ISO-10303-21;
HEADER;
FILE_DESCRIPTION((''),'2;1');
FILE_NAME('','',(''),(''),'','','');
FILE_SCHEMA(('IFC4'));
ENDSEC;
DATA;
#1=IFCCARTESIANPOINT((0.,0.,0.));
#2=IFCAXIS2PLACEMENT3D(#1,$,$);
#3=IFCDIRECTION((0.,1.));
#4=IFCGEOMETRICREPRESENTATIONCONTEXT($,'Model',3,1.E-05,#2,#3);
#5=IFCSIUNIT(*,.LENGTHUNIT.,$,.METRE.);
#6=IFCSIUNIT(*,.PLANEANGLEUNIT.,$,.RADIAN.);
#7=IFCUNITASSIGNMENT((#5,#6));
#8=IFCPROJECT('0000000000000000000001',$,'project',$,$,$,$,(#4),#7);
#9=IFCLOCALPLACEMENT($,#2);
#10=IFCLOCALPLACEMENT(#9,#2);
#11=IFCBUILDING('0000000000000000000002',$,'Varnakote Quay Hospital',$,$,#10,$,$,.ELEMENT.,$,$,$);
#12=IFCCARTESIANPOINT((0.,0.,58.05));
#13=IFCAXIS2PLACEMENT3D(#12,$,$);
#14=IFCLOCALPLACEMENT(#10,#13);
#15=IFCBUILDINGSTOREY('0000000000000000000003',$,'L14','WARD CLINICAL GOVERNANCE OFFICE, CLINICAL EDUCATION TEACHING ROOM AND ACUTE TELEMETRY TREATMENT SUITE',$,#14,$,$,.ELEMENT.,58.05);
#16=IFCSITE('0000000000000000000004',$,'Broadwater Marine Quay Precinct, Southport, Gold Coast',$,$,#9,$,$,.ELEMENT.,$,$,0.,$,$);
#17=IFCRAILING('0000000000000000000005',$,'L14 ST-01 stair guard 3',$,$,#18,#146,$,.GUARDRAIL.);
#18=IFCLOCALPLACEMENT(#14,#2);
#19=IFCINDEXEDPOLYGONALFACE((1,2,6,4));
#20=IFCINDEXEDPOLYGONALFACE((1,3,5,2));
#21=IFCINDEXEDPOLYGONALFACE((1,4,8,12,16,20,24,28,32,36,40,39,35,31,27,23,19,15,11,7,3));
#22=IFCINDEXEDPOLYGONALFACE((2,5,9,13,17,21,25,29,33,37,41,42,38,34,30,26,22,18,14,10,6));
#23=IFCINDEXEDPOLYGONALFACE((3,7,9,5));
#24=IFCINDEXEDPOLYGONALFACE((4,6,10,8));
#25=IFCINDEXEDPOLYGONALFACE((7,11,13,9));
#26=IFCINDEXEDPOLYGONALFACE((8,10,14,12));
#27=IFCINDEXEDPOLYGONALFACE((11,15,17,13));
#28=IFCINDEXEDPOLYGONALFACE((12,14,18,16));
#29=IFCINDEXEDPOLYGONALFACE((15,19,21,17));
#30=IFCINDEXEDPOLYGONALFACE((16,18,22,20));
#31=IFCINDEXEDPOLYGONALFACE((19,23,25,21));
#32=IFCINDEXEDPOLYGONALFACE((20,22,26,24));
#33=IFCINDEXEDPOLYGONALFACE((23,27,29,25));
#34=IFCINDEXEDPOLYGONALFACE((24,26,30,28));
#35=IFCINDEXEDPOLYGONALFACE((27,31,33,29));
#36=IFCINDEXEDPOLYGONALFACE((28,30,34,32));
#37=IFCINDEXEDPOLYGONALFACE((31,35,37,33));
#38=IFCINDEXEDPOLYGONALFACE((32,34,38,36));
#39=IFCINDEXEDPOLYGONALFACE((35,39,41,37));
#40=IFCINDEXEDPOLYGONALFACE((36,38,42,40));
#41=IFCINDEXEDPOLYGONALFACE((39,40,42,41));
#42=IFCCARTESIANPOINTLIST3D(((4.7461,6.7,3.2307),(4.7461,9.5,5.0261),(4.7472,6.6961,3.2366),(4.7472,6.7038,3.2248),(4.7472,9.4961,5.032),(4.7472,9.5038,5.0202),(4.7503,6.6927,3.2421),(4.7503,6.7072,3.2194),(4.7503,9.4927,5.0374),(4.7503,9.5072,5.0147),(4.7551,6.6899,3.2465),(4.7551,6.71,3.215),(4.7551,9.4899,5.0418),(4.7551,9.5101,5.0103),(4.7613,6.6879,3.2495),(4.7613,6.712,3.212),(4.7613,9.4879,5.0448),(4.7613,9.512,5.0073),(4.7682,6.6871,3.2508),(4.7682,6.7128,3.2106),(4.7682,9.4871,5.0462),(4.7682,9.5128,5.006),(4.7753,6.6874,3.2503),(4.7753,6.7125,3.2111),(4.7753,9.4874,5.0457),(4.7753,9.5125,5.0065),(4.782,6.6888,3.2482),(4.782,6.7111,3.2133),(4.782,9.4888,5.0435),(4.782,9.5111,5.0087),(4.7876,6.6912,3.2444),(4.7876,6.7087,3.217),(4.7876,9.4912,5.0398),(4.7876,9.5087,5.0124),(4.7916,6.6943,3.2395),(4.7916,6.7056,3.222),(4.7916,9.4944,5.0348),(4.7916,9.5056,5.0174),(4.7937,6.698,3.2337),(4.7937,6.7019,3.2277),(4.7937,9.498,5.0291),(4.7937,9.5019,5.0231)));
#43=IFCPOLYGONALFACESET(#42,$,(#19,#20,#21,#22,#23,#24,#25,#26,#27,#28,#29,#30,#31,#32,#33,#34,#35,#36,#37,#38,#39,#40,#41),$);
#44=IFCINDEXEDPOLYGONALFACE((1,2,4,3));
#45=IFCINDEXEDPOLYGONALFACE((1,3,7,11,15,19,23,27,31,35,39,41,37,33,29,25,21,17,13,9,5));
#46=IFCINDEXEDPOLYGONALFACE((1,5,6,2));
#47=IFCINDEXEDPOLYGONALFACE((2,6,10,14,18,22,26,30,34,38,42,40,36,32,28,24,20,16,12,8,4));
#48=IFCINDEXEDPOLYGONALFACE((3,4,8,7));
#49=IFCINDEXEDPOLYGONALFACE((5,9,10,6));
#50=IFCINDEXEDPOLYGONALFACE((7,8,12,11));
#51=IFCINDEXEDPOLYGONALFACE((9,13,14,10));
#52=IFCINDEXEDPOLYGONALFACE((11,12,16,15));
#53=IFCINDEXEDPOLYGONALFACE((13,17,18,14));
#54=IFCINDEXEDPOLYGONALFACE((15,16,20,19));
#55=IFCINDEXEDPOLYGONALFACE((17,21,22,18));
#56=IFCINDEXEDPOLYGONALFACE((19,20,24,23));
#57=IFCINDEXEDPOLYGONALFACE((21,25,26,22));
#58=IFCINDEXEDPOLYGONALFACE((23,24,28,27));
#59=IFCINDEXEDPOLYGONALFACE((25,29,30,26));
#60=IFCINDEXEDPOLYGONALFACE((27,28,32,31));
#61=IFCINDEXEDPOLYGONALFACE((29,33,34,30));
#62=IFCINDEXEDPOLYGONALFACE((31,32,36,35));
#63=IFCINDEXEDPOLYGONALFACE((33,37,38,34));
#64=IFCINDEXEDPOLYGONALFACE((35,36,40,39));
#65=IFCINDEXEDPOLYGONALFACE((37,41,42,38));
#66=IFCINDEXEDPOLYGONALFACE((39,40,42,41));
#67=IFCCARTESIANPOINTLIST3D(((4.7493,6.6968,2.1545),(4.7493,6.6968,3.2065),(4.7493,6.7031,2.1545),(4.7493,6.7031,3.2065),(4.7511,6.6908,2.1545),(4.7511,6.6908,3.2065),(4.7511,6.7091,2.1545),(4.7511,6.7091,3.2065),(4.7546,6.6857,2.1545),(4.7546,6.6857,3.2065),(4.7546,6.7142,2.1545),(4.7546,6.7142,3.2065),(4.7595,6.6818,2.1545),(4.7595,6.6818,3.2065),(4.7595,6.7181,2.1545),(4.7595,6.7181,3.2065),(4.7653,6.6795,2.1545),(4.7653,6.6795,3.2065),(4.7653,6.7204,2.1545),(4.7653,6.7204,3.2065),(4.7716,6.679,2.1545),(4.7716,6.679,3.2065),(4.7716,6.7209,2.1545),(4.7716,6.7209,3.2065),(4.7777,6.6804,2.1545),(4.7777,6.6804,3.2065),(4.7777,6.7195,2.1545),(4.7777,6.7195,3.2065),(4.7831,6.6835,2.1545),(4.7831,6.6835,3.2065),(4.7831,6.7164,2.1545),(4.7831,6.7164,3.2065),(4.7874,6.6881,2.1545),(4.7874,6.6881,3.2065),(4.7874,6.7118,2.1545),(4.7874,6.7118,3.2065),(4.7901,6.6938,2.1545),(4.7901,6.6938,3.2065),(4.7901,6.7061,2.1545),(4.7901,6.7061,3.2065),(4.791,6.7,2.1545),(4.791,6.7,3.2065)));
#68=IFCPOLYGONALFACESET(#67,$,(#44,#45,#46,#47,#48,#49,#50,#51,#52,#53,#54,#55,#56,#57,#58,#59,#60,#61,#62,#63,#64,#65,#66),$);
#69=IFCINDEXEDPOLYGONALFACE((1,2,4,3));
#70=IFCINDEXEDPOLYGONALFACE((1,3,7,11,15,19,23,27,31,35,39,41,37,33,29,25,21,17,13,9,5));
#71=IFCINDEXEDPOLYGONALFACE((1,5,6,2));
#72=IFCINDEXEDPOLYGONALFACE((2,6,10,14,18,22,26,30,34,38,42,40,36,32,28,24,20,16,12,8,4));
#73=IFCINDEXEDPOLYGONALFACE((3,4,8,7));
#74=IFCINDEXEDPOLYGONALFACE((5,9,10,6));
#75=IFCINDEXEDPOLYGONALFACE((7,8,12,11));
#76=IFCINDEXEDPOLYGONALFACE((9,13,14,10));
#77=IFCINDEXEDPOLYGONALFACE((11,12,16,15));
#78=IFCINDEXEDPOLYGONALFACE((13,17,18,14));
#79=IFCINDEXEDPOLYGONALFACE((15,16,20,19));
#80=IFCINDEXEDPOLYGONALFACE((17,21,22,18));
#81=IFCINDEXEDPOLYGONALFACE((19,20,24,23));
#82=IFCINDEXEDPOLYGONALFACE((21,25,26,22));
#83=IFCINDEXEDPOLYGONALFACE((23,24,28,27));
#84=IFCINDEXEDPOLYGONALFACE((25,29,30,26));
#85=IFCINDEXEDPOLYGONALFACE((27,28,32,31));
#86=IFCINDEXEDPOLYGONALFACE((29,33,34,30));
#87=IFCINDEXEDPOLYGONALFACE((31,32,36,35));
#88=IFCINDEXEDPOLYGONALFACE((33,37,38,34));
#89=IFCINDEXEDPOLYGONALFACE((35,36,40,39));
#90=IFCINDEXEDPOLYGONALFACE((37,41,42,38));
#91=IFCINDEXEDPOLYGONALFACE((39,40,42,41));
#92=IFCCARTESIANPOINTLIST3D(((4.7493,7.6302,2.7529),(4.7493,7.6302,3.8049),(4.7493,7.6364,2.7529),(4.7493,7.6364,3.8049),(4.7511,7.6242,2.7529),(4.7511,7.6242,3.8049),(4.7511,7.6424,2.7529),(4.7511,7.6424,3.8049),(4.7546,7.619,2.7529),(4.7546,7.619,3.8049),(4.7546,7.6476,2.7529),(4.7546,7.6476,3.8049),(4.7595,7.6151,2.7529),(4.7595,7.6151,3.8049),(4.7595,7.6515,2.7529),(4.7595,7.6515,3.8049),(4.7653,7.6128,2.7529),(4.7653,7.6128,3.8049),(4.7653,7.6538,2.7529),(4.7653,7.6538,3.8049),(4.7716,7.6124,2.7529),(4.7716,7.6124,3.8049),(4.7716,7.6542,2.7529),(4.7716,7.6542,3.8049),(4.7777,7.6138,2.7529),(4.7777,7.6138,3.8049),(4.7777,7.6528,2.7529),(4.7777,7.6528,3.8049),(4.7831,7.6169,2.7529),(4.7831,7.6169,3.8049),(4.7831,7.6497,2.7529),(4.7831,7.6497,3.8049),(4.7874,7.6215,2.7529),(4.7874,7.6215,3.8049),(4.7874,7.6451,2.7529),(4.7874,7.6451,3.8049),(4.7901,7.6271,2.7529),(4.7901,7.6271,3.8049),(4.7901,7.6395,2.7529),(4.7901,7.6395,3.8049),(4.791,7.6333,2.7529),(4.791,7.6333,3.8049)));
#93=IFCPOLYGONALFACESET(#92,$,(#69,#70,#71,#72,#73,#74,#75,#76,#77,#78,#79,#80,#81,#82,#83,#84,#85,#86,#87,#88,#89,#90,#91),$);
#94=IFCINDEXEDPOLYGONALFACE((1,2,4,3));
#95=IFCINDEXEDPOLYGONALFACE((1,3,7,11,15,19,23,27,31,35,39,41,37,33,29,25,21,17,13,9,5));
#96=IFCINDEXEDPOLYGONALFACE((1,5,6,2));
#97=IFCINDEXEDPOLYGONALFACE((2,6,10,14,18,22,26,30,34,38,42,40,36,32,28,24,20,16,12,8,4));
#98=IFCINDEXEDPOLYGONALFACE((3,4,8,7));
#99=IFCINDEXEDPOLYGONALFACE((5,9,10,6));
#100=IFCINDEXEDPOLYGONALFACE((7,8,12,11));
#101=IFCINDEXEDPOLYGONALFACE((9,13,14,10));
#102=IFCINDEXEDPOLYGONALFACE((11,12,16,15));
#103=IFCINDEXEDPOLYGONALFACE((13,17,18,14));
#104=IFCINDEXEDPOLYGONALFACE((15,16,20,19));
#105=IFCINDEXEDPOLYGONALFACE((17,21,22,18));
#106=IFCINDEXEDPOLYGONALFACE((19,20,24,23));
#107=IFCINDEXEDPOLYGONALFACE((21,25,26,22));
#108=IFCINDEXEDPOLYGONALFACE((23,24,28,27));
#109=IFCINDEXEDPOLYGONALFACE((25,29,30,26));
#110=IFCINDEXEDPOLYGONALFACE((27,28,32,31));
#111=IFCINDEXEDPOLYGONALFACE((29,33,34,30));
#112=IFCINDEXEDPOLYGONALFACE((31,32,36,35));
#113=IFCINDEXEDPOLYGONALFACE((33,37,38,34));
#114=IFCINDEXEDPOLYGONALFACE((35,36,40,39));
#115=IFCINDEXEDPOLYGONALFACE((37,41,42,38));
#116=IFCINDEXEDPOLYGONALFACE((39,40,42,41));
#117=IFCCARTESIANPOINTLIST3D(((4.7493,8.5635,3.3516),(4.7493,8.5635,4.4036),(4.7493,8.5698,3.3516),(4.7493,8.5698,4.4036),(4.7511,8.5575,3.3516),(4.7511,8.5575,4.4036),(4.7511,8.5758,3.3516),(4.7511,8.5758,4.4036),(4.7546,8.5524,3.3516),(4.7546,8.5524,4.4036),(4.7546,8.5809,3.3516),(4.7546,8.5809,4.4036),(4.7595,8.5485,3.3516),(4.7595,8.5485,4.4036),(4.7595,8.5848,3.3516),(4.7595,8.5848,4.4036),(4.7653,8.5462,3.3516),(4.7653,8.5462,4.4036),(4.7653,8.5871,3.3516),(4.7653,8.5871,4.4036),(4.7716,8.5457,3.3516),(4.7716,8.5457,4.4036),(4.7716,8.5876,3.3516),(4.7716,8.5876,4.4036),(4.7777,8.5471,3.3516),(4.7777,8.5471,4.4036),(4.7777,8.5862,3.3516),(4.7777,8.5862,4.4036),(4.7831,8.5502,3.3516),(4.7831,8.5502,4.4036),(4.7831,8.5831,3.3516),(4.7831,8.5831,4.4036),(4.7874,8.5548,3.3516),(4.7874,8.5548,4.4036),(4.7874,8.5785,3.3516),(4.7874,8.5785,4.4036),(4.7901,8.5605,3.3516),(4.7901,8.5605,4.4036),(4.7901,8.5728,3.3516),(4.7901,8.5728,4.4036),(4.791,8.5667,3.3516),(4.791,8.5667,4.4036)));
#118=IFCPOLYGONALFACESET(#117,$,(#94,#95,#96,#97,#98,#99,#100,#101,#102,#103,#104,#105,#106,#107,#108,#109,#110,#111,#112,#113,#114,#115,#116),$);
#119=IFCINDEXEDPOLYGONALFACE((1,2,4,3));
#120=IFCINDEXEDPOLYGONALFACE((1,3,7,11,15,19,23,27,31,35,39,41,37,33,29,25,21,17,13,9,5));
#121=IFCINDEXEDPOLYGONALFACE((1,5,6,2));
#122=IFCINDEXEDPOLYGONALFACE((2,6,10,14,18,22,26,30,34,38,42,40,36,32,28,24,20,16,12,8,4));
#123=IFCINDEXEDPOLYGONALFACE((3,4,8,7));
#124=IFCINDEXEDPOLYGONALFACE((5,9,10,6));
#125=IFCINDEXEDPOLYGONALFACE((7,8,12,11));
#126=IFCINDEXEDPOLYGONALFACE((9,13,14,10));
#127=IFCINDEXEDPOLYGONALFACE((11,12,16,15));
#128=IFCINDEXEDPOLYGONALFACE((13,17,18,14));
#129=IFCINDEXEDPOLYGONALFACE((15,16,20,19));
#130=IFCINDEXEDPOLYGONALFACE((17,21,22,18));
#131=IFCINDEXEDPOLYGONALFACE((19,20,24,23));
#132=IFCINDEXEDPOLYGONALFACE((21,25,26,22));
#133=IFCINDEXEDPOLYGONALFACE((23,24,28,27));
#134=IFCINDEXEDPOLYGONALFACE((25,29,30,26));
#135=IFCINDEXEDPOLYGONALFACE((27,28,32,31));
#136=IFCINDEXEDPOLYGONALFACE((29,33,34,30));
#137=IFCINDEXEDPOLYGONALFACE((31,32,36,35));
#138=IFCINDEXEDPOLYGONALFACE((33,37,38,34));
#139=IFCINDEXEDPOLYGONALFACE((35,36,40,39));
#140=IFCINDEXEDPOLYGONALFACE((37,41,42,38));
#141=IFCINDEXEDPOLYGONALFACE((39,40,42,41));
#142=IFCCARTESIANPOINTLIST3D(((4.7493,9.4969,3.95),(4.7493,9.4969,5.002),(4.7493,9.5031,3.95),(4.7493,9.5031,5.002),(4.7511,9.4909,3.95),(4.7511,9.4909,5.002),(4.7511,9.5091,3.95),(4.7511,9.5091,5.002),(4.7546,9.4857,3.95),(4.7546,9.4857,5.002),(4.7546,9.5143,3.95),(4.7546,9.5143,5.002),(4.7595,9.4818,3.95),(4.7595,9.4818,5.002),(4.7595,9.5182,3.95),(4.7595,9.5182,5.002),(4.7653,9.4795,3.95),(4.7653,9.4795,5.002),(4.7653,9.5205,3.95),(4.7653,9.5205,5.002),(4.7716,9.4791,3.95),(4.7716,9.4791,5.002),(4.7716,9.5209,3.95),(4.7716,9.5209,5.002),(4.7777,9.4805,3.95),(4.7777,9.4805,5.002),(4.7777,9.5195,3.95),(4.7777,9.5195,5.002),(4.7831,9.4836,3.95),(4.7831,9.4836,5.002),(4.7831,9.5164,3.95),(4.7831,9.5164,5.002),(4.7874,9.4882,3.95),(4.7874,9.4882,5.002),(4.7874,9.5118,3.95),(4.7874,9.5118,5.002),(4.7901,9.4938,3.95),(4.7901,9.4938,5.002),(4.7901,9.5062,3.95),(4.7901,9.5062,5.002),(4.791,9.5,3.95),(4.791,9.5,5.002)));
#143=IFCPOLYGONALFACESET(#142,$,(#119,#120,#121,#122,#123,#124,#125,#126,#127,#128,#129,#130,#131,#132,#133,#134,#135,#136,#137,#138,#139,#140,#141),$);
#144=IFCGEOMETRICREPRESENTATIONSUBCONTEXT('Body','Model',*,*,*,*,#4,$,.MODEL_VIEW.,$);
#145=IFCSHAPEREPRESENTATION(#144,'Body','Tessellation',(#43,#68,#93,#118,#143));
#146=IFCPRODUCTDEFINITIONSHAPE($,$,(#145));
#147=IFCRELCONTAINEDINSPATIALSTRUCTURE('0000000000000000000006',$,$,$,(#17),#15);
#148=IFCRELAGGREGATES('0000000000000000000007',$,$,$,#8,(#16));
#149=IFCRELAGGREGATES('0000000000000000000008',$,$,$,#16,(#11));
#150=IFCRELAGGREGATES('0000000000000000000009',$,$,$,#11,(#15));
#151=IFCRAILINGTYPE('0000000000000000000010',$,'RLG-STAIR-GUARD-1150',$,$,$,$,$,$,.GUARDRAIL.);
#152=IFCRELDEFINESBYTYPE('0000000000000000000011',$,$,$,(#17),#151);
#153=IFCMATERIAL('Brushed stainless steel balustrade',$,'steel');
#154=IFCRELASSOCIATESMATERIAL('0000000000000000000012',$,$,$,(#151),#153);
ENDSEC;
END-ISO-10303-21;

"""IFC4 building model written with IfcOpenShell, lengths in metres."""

from ifc_helpers import new_model, si_unit, direction, frame, origin, origin_2d, place, context, subcontext, project, spatial, circle, extrude, material, type_object, element, save


model = new_model("IFC4")

# Units and contexts
model_context = context("Model", 3, precision=1e-05, world=origin(), true_north=direction((0.0, 1.0)))
body_context = subcontext(model_context, "Body", "Model", "MODEL_VIEW")
ifc_project = project(units=[si_unit("LENGTHUNIT", "METRE"), si_unit("PLANEANGLEUNIT", "RADIAN")], contexts=[model_context])

# Site, building, storey
site_placement = place(None, origin())
site = spatial("IfcSite", under=ifc_project, at=site_placement, Name="Broadwater Marine Quay Precinct, Southport, Gold Coast", CompositionType="ELEMENT", RefElevation=0.0)
building_placement = place(site_placement, origin())
building = spatial("IfcBuilding", under=site, at=building_placement, Name="Varnakote Quay Hospital", CompositionType="ELEMENT")
storey_placement = place(building_placement, frame((0.0, 0.0, 58.05)))
storey = spatial("IfcBuildingStorey", under=building, at=storey_placement, Name="L14", Description="WARD CLINICAL GOVERNANCE OFFICE, CLINICAL EDUCATION TEACHING ROOM AND ACUTE TELEMETRY TREATMENT SUITE", CompositionType="ELEMENT", Elevation=58.05)

# Railing
ifc_material_1 = material(Name="Brushed stainless steel balustrade", Category="steel")
railing_type_1 = type_object("IfcRailingType", Name="RLG-STAIR-GUARD-1150", PredefinedType="GUARDRAIL", material=ifc_material_1)
railing_1_placement = place(storey_placement, frame((4.77, 6.7, 2.1545)))
element("IfcRailing", 1, at=railing_1_placement, inside=storey, type_object=railing_type_1, Name="L14 ST-01 stair guard 3", PredefinedType="GUARDRAIL", context=body_context, shape_type="SweptSolid", body=[
    extrude(circle(Radius=0.0239, at=origin_2d()), frame((0.0, 0.0, 1.0762), z_axis=(0.0, 0.84181, 0.539774), x_axis=(-1.0, 0.0, 0.0)), (0.0, 0.0, 1.0), 3.3262),
    extrude(circle(Radius=0.021, at=origin_2d()), origin(), (0.0, 0.0, 1.0), 1.052),
    extrude(circle(Radius=0.021, at=origin_2d()), frame((0.0, 0.9333, 0.5984)), (0.0, 0.0, 1.0), 1.052),
    extrude(circle(Radius=0.021, at=origin_2d()), frame((0.0, 1.8667, 1.197)), (0.0, 0.0, 1.0), 1.052),
    extrude(circle(Radius=0.021, at=origin_2d()), frame((0.0, 2.8, 1.7954)), (0.0, 0.0, 1.0), 1.052),
])

save(model, "model.ifc")
